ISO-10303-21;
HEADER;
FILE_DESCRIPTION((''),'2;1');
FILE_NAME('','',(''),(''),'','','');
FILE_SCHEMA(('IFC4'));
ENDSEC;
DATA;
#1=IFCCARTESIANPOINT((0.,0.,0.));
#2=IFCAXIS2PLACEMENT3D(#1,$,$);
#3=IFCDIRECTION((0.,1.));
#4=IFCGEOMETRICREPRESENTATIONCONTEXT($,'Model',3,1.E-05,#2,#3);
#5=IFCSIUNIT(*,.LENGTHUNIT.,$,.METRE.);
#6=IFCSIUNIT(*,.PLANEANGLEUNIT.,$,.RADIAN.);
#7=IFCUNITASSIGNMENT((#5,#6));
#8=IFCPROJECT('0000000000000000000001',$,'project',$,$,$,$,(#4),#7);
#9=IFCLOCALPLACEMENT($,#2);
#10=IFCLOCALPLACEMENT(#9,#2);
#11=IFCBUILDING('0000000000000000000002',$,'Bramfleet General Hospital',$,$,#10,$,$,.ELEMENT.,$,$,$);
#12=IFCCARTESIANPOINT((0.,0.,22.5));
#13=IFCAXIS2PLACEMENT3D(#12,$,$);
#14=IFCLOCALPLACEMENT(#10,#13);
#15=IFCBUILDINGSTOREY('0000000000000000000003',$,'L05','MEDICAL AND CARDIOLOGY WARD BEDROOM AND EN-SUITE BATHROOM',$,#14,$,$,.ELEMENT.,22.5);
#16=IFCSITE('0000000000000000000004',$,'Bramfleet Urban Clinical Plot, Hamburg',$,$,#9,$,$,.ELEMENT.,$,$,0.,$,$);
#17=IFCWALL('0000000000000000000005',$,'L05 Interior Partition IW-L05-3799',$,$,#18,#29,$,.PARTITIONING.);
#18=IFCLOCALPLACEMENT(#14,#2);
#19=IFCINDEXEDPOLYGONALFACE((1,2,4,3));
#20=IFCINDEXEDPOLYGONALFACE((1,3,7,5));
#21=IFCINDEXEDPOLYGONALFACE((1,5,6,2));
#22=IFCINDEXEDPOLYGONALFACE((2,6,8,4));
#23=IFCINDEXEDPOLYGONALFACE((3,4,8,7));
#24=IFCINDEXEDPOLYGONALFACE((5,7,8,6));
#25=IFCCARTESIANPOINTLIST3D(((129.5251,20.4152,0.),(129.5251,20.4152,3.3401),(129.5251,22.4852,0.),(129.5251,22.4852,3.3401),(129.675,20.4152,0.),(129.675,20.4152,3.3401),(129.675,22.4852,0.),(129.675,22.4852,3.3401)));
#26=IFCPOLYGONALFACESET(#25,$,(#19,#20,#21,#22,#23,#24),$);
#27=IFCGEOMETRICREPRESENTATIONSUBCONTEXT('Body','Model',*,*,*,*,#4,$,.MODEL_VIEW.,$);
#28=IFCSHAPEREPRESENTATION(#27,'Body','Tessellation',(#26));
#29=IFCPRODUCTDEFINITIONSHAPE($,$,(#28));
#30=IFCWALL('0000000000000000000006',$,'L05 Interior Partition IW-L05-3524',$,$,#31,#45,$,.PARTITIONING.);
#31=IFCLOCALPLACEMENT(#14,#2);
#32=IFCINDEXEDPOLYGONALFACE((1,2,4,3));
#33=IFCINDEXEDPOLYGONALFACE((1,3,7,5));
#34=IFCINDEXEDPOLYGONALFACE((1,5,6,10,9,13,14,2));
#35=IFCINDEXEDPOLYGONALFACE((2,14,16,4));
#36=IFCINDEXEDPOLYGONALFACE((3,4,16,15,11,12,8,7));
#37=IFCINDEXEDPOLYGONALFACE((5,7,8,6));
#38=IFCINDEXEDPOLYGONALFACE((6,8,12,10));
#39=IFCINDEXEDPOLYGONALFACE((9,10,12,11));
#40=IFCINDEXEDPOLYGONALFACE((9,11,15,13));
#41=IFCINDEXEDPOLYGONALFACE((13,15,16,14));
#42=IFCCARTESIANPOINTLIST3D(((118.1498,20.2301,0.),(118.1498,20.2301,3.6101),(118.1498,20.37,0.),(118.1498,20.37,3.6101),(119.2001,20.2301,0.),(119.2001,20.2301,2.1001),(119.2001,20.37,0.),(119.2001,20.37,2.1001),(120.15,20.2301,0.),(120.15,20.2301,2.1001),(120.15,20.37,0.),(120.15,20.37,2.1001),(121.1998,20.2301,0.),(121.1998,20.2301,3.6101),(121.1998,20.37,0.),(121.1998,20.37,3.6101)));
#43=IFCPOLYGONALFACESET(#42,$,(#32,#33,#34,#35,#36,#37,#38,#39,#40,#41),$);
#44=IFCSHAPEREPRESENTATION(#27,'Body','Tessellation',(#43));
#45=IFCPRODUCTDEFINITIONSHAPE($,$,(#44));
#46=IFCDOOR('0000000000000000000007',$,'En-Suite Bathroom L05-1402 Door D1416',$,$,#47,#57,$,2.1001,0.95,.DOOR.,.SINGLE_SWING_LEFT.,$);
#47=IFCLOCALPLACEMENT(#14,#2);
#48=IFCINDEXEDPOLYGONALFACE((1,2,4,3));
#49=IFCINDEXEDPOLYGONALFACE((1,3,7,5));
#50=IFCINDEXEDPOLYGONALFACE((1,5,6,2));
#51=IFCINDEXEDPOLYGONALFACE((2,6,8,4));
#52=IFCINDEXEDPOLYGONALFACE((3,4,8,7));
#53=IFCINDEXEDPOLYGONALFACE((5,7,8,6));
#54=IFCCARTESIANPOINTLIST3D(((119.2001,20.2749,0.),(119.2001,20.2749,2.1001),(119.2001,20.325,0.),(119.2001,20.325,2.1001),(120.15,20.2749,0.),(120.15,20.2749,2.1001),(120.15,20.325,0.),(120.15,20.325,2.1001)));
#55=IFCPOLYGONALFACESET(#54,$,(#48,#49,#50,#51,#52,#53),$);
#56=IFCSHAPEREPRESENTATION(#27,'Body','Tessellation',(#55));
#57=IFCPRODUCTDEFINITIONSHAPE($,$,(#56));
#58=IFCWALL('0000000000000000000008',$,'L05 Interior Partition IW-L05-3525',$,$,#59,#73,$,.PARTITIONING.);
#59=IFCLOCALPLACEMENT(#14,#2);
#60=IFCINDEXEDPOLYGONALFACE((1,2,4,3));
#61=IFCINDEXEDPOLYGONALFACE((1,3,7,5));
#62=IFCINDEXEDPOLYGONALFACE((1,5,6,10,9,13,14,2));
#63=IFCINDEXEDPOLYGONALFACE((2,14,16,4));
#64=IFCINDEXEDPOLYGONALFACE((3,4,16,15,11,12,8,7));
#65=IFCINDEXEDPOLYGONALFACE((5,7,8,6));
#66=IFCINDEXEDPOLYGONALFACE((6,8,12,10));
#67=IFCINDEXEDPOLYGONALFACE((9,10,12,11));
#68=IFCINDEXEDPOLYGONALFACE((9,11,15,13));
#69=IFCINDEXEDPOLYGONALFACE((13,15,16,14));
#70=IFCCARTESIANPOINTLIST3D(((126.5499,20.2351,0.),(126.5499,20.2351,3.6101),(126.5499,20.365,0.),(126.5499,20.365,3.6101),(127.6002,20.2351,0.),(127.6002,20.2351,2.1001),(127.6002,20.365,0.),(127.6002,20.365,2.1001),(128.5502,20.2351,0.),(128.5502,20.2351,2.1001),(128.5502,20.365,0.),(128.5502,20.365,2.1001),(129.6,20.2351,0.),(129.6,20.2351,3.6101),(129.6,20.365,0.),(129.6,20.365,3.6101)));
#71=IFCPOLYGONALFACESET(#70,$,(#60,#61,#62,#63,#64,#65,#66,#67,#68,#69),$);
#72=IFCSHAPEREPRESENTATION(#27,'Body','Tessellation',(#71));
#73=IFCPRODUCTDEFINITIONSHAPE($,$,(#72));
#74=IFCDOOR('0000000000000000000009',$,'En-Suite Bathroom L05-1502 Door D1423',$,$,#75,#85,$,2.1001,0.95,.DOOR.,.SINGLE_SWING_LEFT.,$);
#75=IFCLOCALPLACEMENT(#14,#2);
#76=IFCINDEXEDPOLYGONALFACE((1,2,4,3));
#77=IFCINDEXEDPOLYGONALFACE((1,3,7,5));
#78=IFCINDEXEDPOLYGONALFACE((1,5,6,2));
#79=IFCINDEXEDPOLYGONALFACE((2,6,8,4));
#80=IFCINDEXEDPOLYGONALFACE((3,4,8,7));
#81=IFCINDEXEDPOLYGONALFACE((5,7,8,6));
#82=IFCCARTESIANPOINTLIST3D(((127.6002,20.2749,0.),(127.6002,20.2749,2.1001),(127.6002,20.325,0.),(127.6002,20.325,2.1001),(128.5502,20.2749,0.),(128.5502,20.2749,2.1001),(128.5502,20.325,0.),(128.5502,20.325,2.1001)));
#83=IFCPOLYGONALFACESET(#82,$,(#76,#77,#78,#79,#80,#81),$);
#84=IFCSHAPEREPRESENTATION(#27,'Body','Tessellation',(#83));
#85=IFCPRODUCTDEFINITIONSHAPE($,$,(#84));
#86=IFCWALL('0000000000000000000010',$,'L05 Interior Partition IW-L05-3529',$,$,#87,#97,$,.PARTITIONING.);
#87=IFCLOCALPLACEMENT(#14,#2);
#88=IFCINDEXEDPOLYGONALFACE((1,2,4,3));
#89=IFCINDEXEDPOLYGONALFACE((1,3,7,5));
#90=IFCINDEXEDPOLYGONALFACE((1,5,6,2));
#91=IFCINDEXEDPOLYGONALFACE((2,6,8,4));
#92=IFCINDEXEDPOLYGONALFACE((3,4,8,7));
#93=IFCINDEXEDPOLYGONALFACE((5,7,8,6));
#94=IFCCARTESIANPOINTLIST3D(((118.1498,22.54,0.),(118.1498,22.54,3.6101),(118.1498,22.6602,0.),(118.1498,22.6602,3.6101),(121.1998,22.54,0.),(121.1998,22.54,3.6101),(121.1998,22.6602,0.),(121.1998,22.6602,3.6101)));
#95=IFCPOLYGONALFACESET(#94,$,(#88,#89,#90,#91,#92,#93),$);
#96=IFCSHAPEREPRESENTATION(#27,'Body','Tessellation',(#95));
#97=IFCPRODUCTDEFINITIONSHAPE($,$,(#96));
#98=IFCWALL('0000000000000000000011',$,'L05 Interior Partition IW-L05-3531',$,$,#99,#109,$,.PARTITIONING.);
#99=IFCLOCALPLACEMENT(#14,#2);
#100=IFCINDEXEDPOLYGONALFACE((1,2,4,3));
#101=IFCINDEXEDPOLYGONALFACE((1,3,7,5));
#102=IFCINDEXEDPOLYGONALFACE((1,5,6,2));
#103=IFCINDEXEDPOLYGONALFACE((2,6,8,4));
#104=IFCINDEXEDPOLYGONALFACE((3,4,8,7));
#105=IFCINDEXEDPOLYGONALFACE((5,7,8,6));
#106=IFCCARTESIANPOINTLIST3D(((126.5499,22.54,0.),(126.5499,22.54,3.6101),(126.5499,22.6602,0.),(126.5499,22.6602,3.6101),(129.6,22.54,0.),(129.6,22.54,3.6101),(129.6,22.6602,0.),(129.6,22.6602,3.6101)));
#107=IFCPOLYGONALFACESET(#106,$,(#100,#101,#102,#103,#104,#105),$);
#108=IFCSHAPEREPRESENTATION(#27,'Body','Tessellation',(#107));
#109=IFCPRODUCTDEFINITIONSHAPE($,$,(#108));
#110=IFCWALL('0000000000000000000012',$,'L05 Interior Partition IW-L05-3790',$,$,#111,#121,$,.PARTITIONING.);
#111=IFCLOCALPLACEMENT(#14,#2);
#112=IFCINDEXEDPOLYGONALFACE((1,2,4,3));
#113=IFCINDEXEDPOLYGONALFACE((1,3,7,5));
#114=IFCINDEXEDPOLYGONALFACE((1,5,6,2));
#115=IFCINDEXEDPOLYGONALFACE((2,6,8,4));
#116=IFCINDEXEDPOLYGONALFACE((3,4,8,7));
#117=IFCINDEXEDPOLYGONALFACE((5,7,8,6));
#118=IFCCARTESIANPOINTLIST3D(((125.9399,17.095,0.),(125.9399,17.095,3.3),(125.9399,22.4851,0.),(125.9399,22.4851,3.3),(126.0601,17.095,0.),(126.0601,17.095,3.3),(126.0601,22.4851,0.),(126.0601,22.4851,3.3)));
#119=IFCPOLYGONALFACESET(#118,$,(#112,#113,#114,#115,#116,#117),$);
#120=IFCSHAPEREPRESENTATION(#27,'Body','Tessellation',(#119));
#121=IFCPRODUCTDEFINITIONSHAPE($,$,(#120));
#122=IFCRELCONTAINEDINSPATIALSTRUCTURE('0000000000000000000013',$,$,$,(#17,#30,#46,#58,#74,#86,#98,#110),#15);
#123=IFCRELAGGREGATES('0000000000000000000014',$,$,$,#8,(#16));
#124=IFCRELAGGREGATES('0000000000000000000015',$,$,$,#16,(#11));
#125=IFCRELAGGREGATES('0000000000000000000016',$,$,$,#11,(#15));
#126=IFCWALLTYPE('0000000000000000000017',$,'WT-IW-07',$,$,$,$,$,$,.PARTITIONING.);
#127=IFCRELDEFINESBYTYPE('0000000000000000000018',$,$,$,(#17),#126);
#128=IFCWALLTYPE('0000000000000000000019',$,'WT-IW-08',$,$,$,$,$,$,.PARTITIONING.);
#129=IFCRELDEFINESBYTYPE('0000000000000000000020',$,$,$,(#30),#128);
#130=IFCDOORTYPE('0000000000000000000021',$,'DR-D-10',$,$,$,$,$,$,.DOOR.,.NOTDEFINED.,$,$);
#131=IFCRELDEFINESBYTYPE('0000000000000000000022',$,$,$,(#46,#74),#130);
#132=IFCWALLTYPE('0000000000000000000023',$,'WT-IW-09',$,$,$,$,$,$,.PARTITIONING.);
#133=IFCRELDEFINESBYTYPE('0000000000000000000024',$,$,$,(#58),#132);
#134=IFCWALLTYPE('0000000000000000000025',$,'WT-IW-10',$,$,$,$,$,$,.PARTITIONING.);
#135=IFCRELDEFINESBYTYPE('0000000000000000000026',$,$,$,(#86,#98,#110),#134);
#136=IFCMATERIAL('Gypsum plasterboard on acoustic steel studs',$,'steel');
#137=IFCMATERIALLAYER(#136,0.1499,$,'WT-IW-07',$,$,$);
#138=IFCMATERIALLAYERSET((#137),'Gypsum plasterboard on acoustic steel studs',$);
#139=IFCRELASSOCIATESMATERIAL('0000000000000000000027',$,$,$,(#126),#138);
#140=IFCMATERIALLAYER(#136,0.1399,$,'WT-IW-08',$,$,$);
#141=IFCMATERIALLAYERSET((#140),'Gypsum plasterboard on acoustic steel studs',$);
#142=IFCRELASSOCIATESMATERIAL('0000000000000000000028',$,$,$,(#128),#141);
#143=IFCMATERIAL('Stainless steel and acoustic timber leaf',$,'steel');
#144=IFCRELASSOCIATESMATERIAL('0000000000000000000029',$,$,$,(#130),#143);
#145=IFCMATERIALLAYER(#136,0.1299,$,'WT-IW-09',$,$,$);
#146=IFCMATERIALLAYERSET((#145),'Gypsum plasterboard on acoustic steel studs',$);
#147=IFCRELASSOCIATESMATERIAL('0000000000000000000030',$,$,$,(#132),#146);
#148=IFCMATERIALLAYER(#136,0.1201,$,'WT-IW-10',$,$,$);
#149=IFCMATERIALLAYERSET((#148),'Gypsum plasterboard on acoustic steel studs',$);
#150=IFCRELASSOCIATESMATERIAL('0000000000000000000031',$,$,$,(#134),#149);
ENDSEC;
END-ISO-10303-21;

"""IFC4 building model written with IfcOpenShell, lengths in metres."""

from ifc_helpers import new_model, si_unit, direction, frame, frame_2d, origin, place, context, subcontext, project, spatial, rectangle, extrude, material, layer, layer_set, type_object, element, fill, save


model = new_model("IFC4")

# Units and contexts
model_context = context("Model", 3, precision=1e-05, world=origin(), true_north=direction((0.0, 1.0)))
body_context = subcontext(model_context, "Body", "Model", "MODEL_VIEW")
ifc_project = project(units=[si_unit("LENGTHUNIT", "METRE"), si_unit("PLANEANGLEUNIT", "RADIAN")], contexts=[model_context])

# Site, building, storey
site_placement = place(None, origin())
site = spatial("IfcSite", under=ifc_project, at=site_placement, Name="Bramfleet Urban Clinical Plot, Hamburg", CompositionType="ELEMENT", RefElevation=0.0)
building_placement = place(site_placement, origin())
building = spatial("IfcBuilding", under=site, at=building_placement, Name="Bramfleet General Hospital", CompositionType="ELEMENT")
storey_placement = place(building_placement, frame((0.0, 0.0, 22.5)))
storey = spatial("IfcBuildingStorey", under=building, at=storey_placement, Name="L05", Description="MEDICAL AND CARDIOLOGY WARD BEDROOM AND EN-SUITE BATHROOM", CompositionType="ELEMENT", Elevation=22.5)

# Shared definitions
ifc_material_1 = material(Name="Stainless steel and acoustic timber leaf", Category="steel")

# Wall
ifc_material_2 = material(Name="Gypsum plasterboard on acoustic steel studs", Category="steel")
ifc_layer_1 = layer(ifc_material_2, 0.1499, Name="WT-IW-07")
ifc_layer_set_1 = layer_set([ifc_layer_1], Name="Gypsum plasterboard on acoustic steel studs")
wall_type_1 = type_object("IfcWallType", Name="WT-IW-07", PredefinedType="PARTITIONING", material=ifc_layer_set_1)
for number, where, z_axis, x_axis, name in (
    (1, (129.6001, 20.415, 0.0), (0.0, 0.0, 1.0), (0.0, 1.0, 0.0), "L05 Interior Partition IW-L05-3799"),
):
    element("IfcWall", number, at=place(storey_placement, frame(where, z_axis=z_axis, x_axis=x_axis)), inside=storey, type_object=wall_type_1, Name=name, PredefinedType="PARTITIONING", context=body_context, shape_type="SweptSolid", body=[
        extrude(rectangle(XDim=2.0701, YDim=0.1499, at=frame_2d((1.0352, 0.0))), origin(), (0.0, 0.0, 1.0), 3.3401),
    ])

# Walls, openings, doors
ifc_layer_2 = layer(ifc_material_2, 0.1399, Name="WT-IW-08")
ifc_layer_set_2 = layer_set([ifc_layer_2], Name="Gypsum plasterboard on acoustic steel studs")
wall_type_2 = type_object("IfcWallType", Name="WT-IW-08", PredefinedType="PARTITIONING", material=ifc_layer_set_2)
wall_1_placement = place(storey_placement, frame((118.1499, 20.3, 0.0), z_axis=(0.0, 0.0, 1.0), x_axis=(1.0, 0.0, 0.0)))
wall_1 = element("IfcWall", 2, at=wall_1_placement, inside=storey, type_object=wall_type_2, Name="L05 Interior Partition IW-L05-3524", PredefinedType="PARTITIONING", context=body_context, shape_type="SweptSolid", body=[
    extrude(rectangle(XDim=3.05, YDim=0.1399, at=frame_2d((1.5249, 0.0))), origin(), (0.0, 0.0, 1.0), 3.6101),
])
opening_1_placement = place(wall_1_placement, frame((1.05, 0.0, 0.0)))
opening_1 = element("IfcOpeningElement", 3, at=opening_1_placement, cuts=wall_1, PredefinedType="OPENING", context=body_context, shape_type="SweptSolid", body=[
    extrude(rectangle(XDim=0.95, YDim=2.1001, at=frame_2d((0.4751, 1.05))), frame((0.0, 0.0798, 0.0), z_axis=(0.0, -1.0, 0.0), x_axis=(1.0, 0.0, 0.0)), (0.0, 0.0, 1.0), 0.1599),
])
door_type_1 = type_object("IfcDoorType", Name="DR-D-10", OperationType="NOTDEFINED", PredefinedType="DOOR", material=ifc_material_1)
door_1_placement = place(opening_1_placement, origin())
door_1 = element("IfcDoor", 4, at=door_1_placement, inside=storey, type_object=door_type_1, Name="En-Suite Bathroom L05-1402 Door D1416", OperationType="SINGLE_SWING_LEFT", OverallHeight=2.1001, OverallWidth=0.95, PredefinedType="DOOR", context=body_context, shape_type="SweptSolid", body=[
    extrude(rectangle(XDim=0.95, YDim=2.1001, at=frame_2d((0.4751, 1.05))), frame((0.0, 0.0249, 0.0), z_axis=(0.0, -1.0, 0.0), x_axis=(1.0, 0.0, 0.0)), (0.0, 0.0, 1.0), 0.05),
])
fill(opening_1, door_1)
ifc_layer_3 = layer(ifc_material_2, 0.1299, Name="WT-IW-09")
ifc_layer_set_3 = layer_set([ifc_layer_3], Name="Gypsum plasterboard on acoustic steel studs")
wall_type_3 = type_object("IfcWallType", Name="WT-IW-09", PredefinedType="PARTITIONING", material=ifc_layer_set_3)
wall_2_placement = place(storey_placement, frame((126.55, 20.3, 0.0), z_axis=(0.0, 0.0, 1.0), x_axis=(1.0, 0.0, 0.0)))
wall_2 = element("IfcWall", 5, at=wall_2_placement, inside=storey, type_object=wall_type_3, Name="L05 Interior Partition IW-L05-3525", PredefinedType="PARTITIONING", context=body_context, shape_type="SweptSolid", body=[
    extrude(rectangle(XDim=3.05, YDim=0.1299, at=frame_2d((1.5249, 0.0))), origin(), (0.0, 0.0, 1.0), 3.6101),
])
opening_2_placement = place(wall_2_placement, frame((1.05, 0.0, 0.0)))
opening_2 = element("IfcOpeningElement", 6, at=opening_2_placement, cuts=wall_2, PredefinedType="OPENING", context=body_context, shape_type="SweptSolid", body=[
    extrude(rectangle(XDim=0.95, YDim=2.1001, at=frame_2d((0.4751, 1.05))), frame((0.0, 0.075, 0.0), z_axis=(0.0, -1.0, 0.0), x_axis=(1.0, 0.0, 0.0)), (0.0, 0.0, 1.0), 0.1499),
])
door_2_placement = place(opening_2_placement, origin())
door_2 = element("IfcDoor", 7, at=door_2_placement, inside=storey, type_object=door_type_1, Name="En-Suite Bathroom L05-1502 Door D1423", OperationType="SINGLE_SWING_LEFT", OverallHeight=2.1001, OverallWidth=0.95, PredefinedType="DOOR", context=body_context, shape_type="SweptSolid", body=[
    extrude(rectangle(XDim=0.95, YDim=2.1001, at=frame_2d((0.4751, 1.05))), frame((0.0, 0.0249, 0.0), z_axis=(0.0, -1.0, 0.0), x_axis=(1.0, 0.0, 0.0)), (0.0, 0.0, 1.0), 0.05),
])
fill(opening_2, door_2)

# Walls
ifc_layer_4 = layer(ifc_material_2, 0.1201, Name="WT-IW-10")
ifc_layer_set_4 = layer_set([ifc_layer_4], Name="Gypsum plasterboard on acoustic steel studs")
wall_type_4 = type_object("IfcWallType", Name="WT-IW-10", PredefinedType="PARTITIONING", material=ifc_layer_set_4)
for number, where, z_axis, x_axis, name in (
    (8, (118.1499, 22.6001, 0.0), (0.0, 0.0, 1.0), (1.0, 0.0, 0.0), "L05 Interior Partition IW-L05-3529"),
    (9, (126.55, 22.6001, 0.0), (0.0, 0.0, 1.0), (1.0, 0.0, 0.0), "L05 Interior Partition IW-L05-3531"),
):
    element("IfcWall", number, at=place(storey_placement, frame(where, z_axis=z_axis, x_axis=x_axis)), inside=storey, type_object=wall_type_4, Name=name, PredefinedType="PARTITIONING", context=body_context, shape_type="SweptSolid", body=[
        extrude(rectangle(XDim=3.05, YDim=0.1201, at=frame_2d((1.5249, 0.0))), origin(), (0.0, 0.0, 1.0), 3.6101),
    ])
wall_3_placement = place(storey_placement, frame((126.0, 17.095, 0.0), z_axis=(0.0, 0.0, 1.0), x_axis=(0.0, 1.0, 0.0)))
element("IfcWall", 10, at=wall_3_placement, inside=storey, type_object=wall_type_4, Name="L05 Interior Partition IW-L05-3790", PredefinedType="PARTITIONING", context=body_context, shape_type="SweptSolid", body=[
    extrude(rectangle(XDim=5.3901, YDim=0.1201, at=frame_2d((2.6951, 0.0))), origin(), (0.0, 0.0, 1.0), 3.3),
])

save(model, "model.ifc")
